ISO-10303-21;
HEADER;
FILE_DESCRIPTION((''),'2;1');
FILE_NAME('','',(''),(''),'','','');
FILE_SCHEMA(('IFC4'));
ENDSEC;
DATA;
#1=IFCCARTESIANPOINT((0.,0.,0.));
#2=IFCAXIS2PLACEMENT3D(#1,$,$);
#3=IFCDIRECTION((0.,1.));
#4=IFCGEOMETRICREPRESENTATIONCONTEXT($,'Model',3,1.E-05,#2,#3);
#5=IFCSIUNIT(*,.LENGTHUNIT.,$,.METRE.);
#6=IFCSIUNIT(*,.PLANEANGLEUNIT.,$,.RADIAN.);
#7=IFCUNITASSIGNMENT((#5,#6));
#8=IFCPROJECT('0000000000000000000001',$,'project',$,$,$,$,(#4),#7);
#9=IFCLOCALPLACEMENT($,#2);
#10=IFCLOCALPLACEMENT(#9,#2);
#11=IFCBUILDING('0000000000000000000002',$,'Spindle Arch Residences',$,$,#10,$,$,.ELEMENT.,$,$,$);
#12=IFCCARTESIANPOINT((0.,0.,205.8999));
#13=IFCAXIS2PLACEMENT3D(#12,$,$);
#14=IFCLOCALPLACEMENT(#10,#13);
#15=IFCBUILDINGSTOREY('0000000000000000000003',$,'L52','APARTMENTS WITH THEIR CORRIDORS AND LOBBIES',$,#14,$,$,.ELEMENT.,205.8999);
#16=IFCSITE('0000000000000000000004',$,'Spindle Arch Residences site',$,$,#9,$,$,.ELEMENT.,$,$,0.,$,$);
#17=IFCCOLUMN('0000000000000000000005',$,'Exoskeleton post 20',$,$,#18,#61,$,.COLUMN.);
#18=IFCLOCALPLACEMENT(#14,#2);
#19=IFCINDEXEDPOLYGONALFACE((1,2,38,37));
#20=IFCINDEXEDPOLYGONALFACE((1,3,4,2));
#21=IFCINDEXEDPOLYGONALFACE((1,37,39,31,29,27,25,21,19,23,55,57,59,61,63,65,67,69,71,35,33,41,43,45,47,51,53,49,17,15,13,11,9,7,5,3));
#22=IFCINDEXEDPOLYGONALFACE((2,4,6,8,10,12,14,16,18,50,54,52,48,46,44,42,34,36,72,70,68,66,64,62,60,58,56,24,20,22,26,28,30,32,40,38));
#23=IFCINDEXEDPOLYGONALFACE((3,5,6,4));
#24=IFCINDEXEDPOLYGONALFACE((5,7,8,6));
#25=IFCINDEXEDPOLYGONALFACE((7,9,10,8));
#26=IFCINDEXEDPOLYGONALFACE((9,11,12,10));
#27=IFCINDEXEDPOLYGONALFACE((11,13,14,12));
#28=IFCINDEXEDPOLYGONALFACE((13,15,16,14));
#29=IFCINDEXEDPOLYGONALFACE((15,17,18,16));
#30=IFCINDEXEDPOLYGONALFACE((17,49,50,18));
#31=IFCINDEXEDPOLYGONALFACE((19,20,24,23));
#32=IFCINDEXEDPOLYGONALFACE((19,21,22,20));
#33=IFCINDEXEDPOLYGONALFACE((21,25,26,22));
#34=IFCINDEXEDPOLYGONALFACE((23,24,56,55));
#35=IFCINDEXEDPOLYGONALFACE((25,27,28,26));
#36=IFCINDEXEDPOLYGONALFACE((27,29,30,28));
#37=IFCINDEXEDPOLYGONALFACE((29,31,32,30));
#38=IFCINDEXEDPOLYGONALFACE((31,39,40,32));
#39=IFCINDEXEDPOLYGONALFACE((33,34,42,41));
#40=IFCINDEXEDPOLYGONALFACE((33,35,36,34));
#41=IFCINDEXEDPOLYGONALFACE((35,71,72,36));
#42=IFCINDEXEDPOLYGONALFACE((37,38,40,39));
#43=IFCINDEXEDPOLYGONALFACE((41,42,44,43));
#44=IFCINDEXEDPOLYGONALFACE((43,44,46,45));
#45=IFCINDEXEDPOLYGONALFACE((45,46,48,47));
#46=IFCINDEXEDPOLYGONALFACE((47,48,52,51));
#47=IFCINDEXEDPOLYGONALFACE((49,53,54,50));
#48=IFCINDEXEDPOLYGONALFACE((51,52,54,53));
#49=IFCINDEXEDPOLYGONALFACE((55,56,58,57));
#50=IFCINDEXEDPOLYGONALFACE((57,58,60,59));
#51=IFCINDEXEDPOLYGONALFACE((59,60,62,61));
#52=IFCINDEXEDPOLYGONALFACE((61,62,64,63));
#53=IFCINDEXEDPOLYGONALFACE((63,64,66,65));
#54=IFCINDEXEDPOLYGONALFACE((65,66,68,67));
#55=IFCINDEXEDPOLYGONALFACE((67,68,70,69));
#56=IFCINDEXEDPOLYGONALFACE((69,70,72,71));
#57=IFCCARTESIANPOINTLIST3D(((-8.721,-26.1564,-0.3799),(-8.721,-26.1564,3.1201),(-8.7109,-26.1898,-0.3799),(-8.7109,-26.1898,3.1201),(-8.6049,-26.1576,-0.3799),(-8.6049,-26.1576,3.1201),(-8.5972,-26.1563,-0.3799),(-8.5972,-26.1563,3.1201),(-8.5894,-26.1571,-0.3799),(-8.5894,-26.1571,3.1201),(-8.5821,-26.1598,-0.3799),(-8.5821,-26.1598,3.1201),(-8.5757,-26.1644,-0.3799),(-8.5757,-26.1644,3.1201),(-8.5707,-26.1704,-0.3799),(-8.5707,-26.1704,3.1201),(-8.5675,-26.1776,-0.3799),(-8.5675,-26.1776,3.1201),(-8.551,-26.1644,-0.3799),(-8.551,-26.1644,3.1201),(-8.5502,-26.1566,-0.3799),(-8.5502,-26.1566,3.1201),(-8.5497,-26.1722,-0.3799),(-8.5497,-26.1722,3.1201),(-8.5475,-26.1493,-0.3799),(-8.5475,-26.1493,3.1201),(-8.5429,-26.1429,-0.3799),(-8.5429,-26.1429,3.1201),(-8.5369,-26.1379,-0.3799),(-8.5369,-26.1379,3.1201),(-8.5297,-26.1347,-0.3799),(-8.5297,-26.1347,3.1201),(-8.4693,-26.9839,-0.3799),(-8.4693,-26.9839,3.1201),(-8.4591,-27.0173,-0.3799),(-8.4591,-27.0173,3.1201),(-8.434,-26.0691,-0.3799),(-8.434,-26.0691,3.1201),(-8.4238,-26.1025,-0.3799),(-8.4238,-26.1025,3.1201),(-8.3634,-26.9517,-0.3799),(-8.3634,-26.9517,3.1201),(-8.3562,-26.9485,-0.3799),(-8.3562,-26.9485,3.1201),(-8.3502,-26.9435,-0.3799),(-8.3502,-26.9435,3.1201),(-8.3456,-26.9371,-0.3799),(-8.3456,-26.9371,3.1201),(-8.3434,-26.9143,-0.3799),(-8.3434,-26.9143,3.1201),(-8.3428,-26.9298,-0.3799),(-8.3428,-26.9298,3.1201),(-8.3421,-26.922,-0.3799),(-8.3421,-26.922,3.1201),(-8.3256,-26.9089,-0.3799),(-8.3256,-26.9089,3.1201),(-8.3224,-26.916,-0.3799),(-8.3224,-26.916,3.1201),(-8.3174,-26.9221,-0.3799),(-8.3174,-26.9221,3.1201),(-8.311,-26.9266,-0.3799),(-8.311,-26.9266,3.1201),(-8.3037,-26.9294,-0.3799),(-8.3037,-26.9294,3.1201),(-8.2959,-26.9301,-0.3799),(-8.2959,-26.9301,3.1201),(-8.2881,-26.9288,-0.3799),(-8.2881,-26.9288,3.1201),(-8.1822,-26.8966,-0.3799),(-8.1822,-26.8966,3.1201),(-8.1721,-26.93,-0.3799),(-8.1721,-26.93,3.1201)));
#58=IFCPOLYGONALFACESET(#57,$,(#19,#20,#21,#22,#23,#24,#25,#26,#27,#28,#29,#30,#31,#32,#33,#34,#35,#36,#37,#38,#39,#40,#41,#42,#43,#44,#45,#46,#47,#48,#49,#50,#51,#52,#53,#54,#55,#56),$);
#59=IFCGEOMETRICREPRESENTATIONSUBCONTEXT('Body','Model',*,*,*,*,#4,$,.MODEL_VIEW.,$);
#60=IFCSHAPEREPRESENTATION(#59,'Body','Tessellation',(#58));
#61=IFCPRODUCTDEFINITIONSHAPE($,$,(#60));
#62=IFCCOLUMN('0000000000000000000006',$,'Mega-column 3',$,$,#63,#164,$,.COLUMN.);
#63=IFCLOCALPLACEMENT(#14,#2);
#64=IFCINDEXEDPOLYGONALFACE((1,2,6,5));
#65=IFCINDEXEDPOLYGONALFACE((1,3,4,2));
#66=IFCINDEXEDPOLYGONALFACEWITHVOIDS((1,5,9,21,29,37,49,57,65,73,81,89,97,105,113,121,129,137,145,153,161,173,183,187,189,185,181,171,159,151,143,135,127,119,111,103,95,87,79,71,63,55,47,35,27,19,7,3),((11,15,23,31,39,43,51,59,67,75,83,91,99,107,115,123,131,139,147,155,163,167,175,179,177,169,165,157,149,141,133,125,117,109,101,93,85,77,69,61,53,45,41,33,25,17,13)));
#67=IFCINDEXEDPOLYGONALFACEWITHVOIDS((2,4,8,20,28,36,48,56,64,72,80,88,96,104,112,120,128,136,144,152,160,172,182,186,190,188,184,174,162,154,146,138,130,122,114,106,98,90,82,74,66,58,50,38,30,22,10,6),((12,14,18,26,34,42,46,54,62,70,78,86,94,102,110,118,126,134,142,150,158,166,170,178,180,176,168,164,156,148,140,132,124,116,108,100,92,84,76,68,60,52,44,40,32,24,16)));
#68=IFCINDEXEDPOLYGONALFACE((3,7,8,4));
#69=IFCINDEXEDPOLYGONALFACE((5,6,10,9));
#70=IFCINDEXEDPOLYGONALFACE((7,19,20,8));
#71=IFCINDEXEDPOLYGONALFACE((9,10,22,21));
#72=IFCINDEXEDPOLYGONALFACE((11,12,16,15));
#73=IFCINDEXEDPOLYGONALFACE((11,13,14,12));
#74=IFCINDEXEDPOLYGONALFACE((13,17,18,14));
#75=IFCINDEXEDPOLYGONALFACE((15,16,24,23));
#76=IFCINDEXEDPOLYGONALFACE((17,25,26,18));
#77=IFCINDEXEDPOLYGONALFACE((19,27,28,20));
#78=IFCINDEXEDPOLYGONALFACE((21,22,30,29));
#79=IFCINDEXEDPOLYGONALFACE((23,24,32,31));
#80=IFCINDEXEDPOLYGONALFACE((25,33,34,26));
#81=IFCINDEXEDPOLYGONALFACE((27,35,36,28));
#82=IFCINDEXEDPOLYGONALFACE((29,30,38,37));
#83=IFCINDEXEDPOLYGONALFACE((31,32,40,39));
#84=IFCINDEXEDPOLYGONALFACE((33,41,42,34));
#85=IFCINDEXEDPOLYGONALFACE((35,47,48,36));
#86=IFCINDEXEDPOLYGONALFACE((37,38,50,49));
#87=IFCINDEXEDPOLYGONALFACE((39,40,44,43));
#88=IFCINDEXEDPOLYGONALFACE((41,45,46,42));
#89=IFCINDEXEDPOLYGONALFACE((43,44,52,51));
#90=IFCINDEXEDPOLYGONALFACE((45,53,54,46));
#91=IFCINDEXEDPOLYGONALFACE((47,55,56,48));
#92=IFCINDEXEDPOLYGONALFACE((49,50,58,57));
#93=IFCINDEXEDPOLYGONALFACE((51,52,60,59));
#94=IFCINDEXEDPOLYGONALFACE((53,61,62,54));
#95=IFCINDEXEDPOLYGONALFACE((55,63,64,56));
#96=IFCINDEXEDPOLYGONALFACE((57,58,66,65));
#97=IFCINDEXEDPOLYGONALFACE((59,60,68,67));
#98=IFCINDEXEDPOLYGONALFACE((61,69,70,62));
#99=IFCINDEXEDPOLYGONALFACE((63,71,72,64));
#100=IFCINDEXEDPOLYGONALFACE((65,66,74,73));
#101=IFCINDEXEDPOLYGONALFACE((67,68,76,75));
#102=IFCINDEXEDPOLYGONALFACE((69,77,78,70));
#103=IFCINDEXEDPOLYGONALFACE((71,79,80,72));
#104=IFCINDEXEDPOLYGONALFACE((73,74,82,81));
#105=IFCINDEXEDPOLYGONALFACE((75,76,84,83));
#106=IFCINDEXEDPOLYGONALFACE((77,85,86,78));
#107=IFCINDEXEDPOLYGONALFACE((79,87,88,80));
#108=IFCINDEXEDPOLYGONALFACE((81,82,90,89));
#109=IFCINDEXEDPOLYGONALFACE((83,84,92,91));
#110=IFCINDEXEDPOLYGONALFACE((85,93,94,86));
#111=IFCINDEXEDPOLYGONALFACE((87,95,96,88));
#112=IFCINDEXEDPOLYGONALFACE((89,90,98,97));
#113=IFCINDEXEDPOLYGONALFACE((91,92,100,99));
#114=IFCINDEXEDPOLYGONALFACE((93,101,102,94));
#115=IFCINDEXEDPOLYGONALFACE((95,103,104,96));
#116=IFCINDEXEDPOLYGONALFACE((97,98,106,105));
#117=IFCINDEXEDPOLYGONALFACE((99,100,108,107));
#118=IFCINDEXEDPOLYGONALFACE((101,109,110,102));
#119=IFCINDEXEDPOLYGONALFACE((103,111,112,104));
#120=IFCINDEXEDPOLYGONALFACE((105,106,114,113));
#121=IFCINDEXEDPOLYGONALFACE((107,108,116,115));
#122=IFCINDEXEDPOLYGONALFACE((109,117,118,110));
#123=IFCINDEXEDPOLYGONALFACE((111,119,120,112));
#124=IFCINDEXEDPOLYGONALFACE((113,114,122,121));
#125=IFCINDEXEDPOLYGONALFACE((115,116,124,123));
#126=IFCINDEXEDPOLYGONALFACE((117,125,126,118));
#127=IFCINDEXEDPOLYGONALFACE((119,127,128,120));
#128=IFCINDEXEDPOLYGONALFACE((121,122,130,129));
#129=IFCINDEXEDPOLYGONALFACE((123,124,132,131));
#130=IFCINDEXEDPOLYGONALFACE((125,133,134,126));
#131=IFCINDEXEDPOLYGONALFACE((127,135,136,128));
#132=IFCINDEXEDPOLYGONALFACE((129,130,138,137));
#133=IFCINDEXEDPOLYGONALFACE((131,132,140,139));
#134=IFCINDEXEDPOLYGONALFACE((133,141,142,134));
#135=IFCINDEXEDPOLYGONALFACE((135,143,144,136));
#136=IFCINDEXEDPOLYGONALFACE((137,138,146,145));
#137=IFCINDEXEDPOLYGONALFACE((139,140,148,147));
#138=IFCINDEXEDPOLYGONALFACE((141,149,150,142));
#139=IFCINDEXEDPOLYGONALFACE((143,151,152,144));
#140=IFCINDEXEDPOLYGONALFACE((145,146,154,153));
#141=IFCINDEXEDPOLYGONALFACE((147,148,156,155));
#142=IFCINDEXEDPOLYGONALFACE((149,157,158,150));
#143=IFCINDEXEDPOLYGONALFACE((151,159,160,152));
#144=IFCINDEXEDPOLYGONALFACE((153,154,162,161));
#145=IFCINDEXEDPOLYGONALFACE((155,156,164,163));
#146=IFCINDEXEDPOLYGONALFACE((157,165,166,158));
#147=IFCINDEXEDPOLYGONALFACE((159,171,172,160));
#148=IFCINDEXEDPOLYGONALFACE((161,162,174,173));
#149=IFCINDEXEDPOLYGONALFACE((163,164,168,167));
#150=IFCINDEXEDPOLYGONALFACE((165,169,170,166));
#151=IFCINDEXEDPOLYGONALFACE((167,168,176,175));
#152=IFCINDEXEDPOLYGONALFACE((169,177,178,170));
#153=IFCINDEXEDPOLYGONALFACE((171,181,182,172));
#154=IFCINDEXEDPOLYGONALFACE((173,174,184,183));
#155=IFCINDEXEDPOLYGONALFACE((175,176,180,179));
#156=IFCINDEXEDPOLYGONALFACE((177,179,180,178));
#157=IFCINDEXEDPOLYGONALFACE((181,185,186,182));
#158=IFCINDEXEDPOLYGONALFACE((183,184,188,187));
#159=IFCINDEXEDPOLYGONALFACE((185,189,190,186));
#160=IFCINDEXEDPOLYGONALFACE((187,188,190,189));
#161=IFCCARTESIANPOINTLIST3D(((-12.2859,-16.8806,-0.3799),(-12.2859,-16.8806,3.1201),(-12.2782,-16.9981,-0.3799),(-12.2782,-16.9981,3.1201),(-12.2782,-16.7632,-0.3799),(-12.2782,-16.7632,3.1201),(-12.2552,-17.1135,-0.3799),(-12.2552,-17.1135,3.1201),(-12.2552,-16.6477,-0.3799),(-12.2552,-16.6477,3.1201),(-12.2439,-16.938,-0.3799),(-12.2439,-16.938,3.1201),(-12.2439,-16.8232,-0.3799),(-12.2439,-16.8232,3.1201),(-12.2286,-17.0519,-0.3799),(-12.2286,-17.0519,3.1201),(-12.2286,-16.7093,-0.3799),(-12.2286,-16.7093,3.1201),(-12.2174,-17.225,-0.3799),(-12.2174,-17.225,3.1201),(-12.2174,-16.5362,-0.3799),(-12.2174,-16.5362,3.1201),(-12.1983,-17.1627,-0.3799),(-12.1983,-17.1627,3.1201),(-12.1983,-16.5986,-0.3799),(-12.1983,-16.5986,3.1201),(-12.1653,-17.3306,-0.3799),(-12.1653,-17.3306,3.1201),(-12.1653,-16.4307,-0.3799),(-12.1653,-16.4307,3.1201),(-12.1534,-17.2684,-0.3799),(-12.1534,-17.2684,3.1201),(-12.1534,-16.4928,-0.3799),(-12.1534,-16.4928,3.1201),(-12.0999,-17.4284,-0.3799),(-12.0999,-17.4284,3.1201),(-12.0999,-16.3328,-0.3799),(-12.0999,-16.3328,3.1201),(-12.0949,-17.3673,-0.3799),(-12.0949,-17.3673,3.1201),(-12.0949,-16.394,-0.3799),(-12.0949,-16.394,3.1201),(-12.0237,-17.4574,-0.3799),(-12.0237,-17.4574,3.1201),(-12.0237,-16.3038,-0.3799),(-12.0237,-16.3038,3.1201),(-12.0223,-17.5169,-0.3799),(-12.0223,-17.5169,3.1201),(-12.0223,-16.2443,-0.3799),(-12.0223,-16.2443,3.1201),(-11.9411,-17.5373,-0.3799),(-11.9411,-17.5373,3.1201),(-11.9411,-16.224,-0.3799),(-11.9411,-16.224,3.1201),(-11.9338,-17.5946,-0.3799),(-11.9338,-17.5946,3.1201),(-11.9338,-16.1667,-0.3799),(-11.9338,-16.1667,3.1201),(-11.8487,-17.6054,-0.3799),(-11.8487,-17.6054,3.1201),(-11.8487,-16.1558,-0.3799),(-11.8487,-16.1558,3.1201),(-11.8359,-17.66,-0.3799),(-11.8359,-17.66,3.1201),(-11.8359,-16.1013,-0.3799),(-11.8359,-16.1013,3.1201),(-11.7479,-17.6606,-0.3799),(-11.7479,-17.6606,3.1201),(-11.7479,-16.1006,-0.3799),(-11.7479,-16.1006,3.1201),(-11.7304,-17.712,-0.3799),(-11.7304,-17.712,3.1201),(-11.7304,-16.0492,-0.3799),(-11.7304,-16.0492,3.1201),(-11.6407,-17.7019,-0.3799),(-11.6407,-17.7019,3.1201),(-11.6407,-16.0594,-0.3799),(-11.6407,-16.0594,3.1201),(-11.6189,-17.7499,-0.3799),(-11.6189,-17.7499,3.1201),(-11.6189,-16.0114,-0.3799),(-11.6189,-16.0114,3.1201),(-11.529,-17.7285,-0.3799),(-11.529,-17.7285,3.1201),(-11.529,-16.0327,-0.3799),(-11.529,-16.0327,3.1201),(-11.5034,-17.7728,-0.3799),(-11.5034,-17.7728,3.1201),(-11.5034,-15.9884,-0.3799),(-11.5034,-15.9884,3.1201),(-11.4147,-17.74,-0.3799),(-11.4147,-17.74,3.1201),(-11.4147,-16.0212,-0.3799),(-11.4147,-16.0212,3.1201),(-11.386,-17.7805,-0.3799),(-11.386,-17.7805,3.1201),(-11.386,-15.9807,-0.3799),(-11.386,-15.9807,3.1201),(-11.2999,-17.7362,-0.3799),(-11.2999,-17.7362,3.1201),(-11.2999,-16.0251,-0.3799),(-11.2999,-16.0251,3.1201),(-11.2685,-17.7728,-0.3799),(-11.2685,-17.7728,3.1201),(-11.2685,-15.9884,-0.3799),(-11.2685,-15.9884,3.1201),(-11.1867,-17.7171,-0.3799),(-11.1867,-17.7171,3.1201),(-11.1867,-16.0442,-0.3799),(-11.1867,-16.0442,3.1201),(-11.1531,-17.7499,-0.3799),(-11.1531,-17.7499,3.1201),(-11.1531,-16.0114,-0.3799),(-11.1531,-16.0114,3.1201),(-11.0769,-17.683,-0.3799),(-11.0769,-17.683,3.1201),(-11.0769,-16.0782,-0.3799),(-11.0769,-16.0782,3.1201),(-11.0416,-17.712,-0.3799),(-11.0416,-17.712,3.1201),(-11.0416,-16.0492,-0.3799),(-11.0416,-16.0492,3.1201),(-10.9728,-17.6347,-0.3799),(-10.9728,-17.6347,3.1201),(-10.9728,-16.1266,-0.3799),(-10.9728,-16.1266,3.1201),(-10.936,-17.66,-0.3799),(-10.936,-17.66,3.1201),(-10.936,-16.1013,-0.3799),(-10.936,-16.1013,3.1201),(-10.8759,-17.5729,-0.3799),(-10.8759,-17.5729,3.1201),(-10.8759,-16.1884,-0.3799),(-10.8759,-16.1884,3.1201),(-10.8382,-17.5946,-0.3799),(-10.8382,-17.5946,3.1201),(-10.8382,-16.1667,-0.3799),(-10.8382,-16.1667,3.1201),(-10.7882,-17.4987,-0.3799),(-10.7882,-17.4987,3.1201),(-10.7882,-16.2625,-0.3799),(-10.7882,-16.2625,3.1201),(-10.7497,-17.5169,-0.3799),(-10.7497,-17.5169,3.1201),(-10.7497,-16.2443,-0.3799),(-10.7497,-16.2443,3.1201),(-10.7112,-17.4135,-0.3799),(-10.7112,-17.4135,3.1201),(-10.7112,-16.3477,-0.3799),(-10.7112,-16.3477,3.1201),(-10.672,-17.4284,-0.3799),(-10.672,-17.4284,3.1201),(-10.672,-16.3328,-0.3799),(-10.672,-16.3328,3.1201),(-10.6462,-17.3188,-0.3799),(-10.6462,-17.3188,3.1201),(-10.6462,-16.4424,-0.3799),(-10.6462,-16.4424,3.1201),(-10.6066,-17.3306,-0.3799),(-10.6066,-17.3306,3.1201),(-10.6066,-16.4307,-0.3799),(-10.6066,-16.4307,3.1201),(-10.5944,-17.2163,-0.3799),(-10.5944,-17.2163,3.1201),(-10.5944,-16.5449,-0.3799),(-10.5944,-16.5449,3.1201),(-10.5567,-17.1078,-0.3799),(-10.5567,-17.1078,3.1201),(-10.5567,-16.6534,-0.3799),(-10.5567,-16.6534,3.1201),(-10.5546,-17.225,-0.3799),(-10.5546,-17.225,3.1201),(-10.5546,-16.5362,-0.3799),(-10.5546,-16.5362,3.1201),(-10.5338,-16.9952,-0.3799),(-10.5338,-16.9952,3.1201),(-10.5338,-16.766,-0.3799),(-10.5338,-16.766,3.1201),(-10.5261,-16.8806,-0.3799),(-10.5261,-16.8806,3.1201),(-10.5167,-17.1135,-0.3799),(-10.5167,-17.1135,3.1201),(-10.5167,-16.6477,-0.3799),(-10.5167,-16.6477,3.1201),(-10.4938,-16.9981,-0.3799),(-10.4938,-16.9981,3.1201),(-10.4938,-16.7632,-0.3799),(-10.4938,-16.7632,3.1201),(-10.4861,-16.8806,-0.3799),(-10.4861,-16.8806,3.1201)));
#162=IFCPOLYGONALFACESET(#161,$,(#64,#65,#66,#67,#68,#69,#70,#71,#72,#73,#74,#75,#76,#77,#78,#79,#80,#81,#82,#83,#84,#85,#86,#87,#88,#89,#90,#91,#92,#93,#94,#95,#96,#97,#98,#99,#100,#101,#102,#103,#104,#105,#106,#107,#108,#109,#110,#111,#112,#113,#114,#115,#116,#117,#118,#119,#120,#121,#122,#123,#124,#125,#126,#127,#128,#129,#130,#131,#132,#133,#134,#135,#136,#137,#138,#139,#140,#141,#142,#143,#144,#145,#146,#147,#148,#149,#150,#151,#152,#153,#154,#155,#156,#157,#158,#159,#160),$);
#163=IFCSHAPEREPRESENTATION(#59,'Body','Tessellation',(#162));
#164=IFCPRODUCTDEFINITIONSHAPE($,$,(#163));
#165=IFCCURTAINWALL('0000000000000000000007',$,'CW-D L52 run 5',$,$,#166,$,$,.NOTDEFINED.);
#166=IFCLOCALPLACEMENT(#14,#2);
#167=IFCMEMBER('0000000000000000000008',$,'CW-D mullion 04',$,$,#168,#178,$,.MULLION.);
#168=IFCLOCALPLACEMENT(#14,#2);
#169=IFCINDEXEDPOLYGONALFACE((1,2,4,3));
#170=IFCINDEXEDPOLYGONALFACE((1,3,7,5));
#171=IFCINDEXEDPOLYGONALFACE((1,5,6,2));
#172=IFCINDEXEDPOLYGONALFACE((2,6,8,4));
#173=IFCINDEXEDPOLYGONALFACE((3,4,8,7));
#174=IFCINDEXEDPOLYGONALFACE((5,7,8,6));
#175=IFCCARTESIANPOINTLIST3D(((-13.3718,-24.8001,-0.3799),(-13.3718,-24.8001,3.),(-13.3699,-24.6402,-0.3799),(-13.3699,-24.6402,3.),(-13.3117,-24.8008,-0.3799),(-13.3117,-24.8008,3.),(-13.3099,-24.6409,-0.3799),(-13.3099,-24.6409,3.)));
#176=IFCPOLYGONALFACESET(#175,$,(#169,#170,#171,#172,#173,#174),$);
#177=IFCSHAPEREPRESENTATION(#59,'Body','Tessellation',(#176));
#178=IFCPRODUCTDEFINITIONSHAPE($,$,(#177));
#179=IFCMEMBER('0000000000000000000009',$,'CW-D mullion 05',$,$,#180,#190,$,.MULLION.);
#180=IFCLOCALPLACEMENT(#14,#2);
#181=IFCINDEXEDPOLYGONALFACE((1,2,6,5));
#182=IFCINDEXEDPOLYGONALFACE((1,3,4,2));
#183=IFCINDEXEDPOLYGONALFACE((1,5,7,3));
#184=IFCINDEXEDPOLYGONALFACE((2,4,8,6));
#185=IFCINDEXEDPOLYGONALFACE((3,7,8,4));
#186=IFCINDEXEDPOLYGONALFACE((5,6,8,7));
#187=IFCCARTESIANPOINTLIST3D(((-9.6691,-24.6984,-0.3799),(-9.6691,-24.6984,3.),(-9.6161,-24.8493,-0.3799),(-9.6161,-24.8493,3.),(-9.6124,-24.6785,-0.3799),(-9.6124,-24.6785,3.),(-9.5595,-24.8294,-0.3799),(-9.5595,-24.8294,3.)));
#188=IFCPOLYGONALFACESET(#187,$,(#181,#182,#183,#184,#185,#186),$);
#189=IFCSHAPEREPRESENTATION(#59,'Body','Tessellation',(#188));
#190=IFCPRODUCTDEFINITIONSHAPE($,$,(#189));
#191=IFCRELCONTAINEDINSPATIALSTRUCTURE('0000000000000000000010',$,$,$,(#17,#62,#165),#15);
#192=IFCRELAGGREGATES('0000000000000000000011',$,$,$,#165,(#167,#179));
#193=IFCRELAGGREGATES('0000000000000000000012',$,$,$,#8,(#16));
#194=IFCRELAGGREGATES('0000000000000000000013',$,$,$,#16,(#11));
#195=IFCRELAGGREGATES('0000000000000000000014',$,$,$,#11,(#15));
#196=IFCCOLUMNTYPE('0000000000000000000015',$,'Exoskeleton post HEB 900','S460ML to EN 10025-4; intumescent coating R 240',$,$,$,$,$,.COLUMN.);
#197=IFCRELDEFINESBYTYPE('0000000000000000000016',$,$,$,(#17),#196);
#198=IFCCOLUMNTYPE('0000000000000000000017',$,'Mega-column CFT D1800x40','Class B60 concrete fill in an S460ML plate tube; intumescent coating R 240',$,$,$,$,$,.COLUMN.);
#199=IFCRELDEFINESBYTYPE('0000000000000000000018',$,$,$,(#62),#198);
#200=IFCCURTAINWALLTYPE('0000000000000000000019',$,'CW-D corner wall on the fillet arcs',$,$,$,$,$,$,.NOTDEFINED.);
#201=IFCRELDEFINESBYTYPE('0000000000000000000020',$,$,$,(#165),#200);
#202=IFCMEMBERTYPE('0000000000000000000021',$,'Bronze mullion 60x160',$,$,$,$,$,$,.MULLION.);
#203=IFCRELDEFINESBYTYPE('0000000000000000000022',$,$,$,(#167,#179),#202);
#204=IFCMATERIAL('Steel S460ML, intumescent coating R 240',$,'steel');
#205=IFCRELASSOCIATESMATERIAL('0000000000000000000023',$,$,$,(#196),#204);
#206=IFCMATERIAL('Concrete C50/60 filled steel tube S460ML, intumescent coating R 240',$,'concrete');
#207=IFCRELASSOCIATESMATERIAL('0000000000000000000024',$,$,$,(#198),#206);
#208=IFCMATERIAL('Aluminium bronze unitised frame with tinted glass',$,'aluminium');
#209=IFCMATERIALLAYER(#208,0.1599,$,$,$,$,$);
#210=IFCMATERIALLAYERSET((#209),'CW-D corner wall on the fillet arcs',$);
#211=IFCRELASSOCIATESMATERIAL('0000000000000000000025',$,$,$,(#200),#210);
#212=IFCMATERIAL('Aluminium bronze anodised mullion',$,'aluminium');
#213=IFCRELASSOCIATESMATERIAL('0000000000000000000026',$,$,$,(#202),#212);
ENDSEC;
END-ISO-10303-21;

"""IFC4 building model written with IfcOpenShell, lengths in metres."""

from ifc_helpers import new_model, si_unit, direction, frame, origin, origin_2d, place, context, subcontext, project, spatial, rectangle, hollow_circle, i_section, extrude, material, layer, layer_set, material_profile, profile_set, type_object, element, aggregate, save


model = new_model("IFC4")

# Units and contexts
model_context = context("Model", 3, precision=1e-05, world=origin(), true_north=direction((0.0, 1.0)))
body_context = subcontext(model_context, "Body", "Model", "MODEL_VIEW")
ifc_project = project(units=[si_unit("LENGTHUNIT", "METRE"), si_unit("PLANEANGLEUNIT", "RADIAN")], contexts=[model_context])

# Site, building, storey
site_placement = place(None, origin())
site = spatial("IfcSite", under=ifc_project, at=site_placement, Name="Spindle Arch Residences site", CompositionType="ELEMENT", RefElevation=0.0)
building_placement = place(site_placement, origin())
building = spatial("IfcBuilding", under=site, at=building_placement, Name="Spindle Arch Residences", CompositionType="ELEMENT")
storey_placement = place(building_placement, frame((0.0, 0.0, 205.8999)))
storey = spatial("IfcBuildingStorey", under=building, at=storey_placement, Name="L52", Description="APARTMENTS WITH THEIR CORRIDORS AND LOBBIES", CompositionType="ELEMENT", Elevation=205.8999)

# Columns
ifc_material_1 = material(Name="Steel S460ML, intumescent coating R 240", Category="steel")
ifc_material_profile_1 = material_profile(ifc_material_1, i_section(OverallWidth=0.3, OverallDepth=0.8999, WebThickness=0.0186, FlangeThickness=0.0349, FilletRadius=0.03, at=origin_2d()), Name="HEB 900")
ifc_profile_set_1 = profile_set([ifc_material_profile_1], Name="Steel S460ML, intumescent coating R 240")
column_type_1 = type_object("IfcColumnType", Name="Exoskeleton post HEB 900", Description="S460ML to EN 10025-4; intumescent coating R 240", PredefinedType="COLUMN", material=ifc_profile_set_1)
column_1_placement = place(storey_placement, frame((-8.4465, -26.5432, -0.3799), z_axis=(0.0, 0.0, 1.0), x_axis=(-0.956715, -0.291028, 0.0)))
element("IfcColumn", 1, at=column_1_placement, inside=storey, type_object=column_type_1, Name="Exoskeleton post 20", PredefinedType="COLUMN", context=body_context, shape_type="SweptSolid", body=[
    extrude(i_section(OverallWidth=0.3, OverallDepth=0.8999, WebThickness=0.0186, FlangeThickness=0.0349, FilletRadius=0.03, at=origin_2d()), origin(), (0.0, 0.0, 1.0), 3.5),
])
ifc_material_2 = material(Name="Concrete C50/60 filled steel tube S460ML, intumescent coating R 240", Category="concrete")
ifc_material_profile_2 = material_profile(ifc_material_2, hollow_circle(Radius=0.8999, WallThickness=0.04, at=origin_2d()), Name="CFT D1800x40")
ifc_profile_set_2 = profile_set([ifc_material_profile_2], Name="Concrete C50/60 filled steel tube S460ML, intumescent coating R 240")
column_type_2 = type_object("IfcColumnType", Name="Mega-column CFT D1800x40", Description="Class B60 concrete fill in an S460ML plate tube; intumescent coating R 240", PredefinedType="COLUMN", material=ifc_profile_set_2)
column_2_placement = place(storey_placement, frame((-11.386, -16.8806, -0.3799), z_axis=(0.0, 0.0, 1.0), x_axis=(1.0, 0.0, 0.0)))
element("IfcColumn", 2, at=column_2_placement, inside=storey, type_object=column_type_2, Name="Mega-column 3", PredefinedType="COLUMN", context=body_context, shape_type="SweptSolid", body=[
    extrude(hollow_circle(Radius=0.8999, WallThickness=0.04, at=origin_2d()), origin(), (0.0, 0.0, 1.0), 3.5),
])

# Curtain wall, members
ifc_material_3 = material(Name="Aluminium bronze unitised frame with tinted glass", Category="aluminium")
ifc_layer_1 = layer(ifc_material_3, 0.1599)
ifc_layer_set_1 = layer_set([ifc_layer_1], Name="CW-D corner wall on the fillet arcs")
curtain_wall_type_1 = type_object("IfcCurtainWallType", Name="CW-D corner wall on the fillet arcs", PredefinedType="NOTDEFINED", material=ifc_layer_set_1)
curtain_wall_1_placement = place(storey_placement, origin())
curtain_wall_1 = element("IfcCurtainWall", 3, at=curtain_wall_1_placement, inside=storey, type_object=curtain_wall_type_1, Name="CW-D L52 run 5", PredefinedType="NOTDEFINED")
ifc_material_4 = material(Name="Aluminium bronze anodised mullion", Category="aluminium")
ifc_material_profile_3 = material_profile(ifc_material_4, rectangle(XDim=0.1599, YDim=0.0601, at=origin_2d()), Name="MU 60x160")
ifc_profile_set_3 = profile_set([ifc_material_profile_3], Name="Aluminium bronze anodised mullion")
member_type_1 = type_object("IfcMemberType", Name="Bronze mullion 60x160", PredefinedType="MULLION", material=ifc_profile_set_3)
member_1_placement = place(storey_placement, frame((-13.3408, -24.7205, -0.3799), z_axis=(0.0, 0.0, 1.0), x_axis=(0.011635, 0.999932, 0.0)))
member_1 = element("IfcMember", 4, at=member_1_placement, type_object=member_type_1, Name="CW-D mullion 04", PredefinedType="MULLION", context=body_context, shape_type="SweptSolid", body=[
    extrude(rectangle(XDim=0.1599, YDim=0.0601, at=origin_2d()), origin(), (0.0, 0.0, 1.0), 3.3799),
])
member_2_placement = place(storey_placement, frame((-9.6143, -24.7639, -0.3799), z_axis=(0.0, 0.0, 1.0), x_axis=(-0.331063, 0.943609, 0.0)))
member_2 = element("IfcMember", 5, at=member_2_placement, type_object=member_type_1, Name="CW-D mullion 05", PredefinedType="MULLION", context=body_context, shape_type="SweptSolid", body=[
    extrude(rectangle(XDim=0.1599, YDim=0.0601, at=origin_2d()), origin(), (0.0, 0.0, 1.0), 3.3799),
])

aggregate(curtain_wall_1, [member_1, member_2])

save(model, "model.ifc")
